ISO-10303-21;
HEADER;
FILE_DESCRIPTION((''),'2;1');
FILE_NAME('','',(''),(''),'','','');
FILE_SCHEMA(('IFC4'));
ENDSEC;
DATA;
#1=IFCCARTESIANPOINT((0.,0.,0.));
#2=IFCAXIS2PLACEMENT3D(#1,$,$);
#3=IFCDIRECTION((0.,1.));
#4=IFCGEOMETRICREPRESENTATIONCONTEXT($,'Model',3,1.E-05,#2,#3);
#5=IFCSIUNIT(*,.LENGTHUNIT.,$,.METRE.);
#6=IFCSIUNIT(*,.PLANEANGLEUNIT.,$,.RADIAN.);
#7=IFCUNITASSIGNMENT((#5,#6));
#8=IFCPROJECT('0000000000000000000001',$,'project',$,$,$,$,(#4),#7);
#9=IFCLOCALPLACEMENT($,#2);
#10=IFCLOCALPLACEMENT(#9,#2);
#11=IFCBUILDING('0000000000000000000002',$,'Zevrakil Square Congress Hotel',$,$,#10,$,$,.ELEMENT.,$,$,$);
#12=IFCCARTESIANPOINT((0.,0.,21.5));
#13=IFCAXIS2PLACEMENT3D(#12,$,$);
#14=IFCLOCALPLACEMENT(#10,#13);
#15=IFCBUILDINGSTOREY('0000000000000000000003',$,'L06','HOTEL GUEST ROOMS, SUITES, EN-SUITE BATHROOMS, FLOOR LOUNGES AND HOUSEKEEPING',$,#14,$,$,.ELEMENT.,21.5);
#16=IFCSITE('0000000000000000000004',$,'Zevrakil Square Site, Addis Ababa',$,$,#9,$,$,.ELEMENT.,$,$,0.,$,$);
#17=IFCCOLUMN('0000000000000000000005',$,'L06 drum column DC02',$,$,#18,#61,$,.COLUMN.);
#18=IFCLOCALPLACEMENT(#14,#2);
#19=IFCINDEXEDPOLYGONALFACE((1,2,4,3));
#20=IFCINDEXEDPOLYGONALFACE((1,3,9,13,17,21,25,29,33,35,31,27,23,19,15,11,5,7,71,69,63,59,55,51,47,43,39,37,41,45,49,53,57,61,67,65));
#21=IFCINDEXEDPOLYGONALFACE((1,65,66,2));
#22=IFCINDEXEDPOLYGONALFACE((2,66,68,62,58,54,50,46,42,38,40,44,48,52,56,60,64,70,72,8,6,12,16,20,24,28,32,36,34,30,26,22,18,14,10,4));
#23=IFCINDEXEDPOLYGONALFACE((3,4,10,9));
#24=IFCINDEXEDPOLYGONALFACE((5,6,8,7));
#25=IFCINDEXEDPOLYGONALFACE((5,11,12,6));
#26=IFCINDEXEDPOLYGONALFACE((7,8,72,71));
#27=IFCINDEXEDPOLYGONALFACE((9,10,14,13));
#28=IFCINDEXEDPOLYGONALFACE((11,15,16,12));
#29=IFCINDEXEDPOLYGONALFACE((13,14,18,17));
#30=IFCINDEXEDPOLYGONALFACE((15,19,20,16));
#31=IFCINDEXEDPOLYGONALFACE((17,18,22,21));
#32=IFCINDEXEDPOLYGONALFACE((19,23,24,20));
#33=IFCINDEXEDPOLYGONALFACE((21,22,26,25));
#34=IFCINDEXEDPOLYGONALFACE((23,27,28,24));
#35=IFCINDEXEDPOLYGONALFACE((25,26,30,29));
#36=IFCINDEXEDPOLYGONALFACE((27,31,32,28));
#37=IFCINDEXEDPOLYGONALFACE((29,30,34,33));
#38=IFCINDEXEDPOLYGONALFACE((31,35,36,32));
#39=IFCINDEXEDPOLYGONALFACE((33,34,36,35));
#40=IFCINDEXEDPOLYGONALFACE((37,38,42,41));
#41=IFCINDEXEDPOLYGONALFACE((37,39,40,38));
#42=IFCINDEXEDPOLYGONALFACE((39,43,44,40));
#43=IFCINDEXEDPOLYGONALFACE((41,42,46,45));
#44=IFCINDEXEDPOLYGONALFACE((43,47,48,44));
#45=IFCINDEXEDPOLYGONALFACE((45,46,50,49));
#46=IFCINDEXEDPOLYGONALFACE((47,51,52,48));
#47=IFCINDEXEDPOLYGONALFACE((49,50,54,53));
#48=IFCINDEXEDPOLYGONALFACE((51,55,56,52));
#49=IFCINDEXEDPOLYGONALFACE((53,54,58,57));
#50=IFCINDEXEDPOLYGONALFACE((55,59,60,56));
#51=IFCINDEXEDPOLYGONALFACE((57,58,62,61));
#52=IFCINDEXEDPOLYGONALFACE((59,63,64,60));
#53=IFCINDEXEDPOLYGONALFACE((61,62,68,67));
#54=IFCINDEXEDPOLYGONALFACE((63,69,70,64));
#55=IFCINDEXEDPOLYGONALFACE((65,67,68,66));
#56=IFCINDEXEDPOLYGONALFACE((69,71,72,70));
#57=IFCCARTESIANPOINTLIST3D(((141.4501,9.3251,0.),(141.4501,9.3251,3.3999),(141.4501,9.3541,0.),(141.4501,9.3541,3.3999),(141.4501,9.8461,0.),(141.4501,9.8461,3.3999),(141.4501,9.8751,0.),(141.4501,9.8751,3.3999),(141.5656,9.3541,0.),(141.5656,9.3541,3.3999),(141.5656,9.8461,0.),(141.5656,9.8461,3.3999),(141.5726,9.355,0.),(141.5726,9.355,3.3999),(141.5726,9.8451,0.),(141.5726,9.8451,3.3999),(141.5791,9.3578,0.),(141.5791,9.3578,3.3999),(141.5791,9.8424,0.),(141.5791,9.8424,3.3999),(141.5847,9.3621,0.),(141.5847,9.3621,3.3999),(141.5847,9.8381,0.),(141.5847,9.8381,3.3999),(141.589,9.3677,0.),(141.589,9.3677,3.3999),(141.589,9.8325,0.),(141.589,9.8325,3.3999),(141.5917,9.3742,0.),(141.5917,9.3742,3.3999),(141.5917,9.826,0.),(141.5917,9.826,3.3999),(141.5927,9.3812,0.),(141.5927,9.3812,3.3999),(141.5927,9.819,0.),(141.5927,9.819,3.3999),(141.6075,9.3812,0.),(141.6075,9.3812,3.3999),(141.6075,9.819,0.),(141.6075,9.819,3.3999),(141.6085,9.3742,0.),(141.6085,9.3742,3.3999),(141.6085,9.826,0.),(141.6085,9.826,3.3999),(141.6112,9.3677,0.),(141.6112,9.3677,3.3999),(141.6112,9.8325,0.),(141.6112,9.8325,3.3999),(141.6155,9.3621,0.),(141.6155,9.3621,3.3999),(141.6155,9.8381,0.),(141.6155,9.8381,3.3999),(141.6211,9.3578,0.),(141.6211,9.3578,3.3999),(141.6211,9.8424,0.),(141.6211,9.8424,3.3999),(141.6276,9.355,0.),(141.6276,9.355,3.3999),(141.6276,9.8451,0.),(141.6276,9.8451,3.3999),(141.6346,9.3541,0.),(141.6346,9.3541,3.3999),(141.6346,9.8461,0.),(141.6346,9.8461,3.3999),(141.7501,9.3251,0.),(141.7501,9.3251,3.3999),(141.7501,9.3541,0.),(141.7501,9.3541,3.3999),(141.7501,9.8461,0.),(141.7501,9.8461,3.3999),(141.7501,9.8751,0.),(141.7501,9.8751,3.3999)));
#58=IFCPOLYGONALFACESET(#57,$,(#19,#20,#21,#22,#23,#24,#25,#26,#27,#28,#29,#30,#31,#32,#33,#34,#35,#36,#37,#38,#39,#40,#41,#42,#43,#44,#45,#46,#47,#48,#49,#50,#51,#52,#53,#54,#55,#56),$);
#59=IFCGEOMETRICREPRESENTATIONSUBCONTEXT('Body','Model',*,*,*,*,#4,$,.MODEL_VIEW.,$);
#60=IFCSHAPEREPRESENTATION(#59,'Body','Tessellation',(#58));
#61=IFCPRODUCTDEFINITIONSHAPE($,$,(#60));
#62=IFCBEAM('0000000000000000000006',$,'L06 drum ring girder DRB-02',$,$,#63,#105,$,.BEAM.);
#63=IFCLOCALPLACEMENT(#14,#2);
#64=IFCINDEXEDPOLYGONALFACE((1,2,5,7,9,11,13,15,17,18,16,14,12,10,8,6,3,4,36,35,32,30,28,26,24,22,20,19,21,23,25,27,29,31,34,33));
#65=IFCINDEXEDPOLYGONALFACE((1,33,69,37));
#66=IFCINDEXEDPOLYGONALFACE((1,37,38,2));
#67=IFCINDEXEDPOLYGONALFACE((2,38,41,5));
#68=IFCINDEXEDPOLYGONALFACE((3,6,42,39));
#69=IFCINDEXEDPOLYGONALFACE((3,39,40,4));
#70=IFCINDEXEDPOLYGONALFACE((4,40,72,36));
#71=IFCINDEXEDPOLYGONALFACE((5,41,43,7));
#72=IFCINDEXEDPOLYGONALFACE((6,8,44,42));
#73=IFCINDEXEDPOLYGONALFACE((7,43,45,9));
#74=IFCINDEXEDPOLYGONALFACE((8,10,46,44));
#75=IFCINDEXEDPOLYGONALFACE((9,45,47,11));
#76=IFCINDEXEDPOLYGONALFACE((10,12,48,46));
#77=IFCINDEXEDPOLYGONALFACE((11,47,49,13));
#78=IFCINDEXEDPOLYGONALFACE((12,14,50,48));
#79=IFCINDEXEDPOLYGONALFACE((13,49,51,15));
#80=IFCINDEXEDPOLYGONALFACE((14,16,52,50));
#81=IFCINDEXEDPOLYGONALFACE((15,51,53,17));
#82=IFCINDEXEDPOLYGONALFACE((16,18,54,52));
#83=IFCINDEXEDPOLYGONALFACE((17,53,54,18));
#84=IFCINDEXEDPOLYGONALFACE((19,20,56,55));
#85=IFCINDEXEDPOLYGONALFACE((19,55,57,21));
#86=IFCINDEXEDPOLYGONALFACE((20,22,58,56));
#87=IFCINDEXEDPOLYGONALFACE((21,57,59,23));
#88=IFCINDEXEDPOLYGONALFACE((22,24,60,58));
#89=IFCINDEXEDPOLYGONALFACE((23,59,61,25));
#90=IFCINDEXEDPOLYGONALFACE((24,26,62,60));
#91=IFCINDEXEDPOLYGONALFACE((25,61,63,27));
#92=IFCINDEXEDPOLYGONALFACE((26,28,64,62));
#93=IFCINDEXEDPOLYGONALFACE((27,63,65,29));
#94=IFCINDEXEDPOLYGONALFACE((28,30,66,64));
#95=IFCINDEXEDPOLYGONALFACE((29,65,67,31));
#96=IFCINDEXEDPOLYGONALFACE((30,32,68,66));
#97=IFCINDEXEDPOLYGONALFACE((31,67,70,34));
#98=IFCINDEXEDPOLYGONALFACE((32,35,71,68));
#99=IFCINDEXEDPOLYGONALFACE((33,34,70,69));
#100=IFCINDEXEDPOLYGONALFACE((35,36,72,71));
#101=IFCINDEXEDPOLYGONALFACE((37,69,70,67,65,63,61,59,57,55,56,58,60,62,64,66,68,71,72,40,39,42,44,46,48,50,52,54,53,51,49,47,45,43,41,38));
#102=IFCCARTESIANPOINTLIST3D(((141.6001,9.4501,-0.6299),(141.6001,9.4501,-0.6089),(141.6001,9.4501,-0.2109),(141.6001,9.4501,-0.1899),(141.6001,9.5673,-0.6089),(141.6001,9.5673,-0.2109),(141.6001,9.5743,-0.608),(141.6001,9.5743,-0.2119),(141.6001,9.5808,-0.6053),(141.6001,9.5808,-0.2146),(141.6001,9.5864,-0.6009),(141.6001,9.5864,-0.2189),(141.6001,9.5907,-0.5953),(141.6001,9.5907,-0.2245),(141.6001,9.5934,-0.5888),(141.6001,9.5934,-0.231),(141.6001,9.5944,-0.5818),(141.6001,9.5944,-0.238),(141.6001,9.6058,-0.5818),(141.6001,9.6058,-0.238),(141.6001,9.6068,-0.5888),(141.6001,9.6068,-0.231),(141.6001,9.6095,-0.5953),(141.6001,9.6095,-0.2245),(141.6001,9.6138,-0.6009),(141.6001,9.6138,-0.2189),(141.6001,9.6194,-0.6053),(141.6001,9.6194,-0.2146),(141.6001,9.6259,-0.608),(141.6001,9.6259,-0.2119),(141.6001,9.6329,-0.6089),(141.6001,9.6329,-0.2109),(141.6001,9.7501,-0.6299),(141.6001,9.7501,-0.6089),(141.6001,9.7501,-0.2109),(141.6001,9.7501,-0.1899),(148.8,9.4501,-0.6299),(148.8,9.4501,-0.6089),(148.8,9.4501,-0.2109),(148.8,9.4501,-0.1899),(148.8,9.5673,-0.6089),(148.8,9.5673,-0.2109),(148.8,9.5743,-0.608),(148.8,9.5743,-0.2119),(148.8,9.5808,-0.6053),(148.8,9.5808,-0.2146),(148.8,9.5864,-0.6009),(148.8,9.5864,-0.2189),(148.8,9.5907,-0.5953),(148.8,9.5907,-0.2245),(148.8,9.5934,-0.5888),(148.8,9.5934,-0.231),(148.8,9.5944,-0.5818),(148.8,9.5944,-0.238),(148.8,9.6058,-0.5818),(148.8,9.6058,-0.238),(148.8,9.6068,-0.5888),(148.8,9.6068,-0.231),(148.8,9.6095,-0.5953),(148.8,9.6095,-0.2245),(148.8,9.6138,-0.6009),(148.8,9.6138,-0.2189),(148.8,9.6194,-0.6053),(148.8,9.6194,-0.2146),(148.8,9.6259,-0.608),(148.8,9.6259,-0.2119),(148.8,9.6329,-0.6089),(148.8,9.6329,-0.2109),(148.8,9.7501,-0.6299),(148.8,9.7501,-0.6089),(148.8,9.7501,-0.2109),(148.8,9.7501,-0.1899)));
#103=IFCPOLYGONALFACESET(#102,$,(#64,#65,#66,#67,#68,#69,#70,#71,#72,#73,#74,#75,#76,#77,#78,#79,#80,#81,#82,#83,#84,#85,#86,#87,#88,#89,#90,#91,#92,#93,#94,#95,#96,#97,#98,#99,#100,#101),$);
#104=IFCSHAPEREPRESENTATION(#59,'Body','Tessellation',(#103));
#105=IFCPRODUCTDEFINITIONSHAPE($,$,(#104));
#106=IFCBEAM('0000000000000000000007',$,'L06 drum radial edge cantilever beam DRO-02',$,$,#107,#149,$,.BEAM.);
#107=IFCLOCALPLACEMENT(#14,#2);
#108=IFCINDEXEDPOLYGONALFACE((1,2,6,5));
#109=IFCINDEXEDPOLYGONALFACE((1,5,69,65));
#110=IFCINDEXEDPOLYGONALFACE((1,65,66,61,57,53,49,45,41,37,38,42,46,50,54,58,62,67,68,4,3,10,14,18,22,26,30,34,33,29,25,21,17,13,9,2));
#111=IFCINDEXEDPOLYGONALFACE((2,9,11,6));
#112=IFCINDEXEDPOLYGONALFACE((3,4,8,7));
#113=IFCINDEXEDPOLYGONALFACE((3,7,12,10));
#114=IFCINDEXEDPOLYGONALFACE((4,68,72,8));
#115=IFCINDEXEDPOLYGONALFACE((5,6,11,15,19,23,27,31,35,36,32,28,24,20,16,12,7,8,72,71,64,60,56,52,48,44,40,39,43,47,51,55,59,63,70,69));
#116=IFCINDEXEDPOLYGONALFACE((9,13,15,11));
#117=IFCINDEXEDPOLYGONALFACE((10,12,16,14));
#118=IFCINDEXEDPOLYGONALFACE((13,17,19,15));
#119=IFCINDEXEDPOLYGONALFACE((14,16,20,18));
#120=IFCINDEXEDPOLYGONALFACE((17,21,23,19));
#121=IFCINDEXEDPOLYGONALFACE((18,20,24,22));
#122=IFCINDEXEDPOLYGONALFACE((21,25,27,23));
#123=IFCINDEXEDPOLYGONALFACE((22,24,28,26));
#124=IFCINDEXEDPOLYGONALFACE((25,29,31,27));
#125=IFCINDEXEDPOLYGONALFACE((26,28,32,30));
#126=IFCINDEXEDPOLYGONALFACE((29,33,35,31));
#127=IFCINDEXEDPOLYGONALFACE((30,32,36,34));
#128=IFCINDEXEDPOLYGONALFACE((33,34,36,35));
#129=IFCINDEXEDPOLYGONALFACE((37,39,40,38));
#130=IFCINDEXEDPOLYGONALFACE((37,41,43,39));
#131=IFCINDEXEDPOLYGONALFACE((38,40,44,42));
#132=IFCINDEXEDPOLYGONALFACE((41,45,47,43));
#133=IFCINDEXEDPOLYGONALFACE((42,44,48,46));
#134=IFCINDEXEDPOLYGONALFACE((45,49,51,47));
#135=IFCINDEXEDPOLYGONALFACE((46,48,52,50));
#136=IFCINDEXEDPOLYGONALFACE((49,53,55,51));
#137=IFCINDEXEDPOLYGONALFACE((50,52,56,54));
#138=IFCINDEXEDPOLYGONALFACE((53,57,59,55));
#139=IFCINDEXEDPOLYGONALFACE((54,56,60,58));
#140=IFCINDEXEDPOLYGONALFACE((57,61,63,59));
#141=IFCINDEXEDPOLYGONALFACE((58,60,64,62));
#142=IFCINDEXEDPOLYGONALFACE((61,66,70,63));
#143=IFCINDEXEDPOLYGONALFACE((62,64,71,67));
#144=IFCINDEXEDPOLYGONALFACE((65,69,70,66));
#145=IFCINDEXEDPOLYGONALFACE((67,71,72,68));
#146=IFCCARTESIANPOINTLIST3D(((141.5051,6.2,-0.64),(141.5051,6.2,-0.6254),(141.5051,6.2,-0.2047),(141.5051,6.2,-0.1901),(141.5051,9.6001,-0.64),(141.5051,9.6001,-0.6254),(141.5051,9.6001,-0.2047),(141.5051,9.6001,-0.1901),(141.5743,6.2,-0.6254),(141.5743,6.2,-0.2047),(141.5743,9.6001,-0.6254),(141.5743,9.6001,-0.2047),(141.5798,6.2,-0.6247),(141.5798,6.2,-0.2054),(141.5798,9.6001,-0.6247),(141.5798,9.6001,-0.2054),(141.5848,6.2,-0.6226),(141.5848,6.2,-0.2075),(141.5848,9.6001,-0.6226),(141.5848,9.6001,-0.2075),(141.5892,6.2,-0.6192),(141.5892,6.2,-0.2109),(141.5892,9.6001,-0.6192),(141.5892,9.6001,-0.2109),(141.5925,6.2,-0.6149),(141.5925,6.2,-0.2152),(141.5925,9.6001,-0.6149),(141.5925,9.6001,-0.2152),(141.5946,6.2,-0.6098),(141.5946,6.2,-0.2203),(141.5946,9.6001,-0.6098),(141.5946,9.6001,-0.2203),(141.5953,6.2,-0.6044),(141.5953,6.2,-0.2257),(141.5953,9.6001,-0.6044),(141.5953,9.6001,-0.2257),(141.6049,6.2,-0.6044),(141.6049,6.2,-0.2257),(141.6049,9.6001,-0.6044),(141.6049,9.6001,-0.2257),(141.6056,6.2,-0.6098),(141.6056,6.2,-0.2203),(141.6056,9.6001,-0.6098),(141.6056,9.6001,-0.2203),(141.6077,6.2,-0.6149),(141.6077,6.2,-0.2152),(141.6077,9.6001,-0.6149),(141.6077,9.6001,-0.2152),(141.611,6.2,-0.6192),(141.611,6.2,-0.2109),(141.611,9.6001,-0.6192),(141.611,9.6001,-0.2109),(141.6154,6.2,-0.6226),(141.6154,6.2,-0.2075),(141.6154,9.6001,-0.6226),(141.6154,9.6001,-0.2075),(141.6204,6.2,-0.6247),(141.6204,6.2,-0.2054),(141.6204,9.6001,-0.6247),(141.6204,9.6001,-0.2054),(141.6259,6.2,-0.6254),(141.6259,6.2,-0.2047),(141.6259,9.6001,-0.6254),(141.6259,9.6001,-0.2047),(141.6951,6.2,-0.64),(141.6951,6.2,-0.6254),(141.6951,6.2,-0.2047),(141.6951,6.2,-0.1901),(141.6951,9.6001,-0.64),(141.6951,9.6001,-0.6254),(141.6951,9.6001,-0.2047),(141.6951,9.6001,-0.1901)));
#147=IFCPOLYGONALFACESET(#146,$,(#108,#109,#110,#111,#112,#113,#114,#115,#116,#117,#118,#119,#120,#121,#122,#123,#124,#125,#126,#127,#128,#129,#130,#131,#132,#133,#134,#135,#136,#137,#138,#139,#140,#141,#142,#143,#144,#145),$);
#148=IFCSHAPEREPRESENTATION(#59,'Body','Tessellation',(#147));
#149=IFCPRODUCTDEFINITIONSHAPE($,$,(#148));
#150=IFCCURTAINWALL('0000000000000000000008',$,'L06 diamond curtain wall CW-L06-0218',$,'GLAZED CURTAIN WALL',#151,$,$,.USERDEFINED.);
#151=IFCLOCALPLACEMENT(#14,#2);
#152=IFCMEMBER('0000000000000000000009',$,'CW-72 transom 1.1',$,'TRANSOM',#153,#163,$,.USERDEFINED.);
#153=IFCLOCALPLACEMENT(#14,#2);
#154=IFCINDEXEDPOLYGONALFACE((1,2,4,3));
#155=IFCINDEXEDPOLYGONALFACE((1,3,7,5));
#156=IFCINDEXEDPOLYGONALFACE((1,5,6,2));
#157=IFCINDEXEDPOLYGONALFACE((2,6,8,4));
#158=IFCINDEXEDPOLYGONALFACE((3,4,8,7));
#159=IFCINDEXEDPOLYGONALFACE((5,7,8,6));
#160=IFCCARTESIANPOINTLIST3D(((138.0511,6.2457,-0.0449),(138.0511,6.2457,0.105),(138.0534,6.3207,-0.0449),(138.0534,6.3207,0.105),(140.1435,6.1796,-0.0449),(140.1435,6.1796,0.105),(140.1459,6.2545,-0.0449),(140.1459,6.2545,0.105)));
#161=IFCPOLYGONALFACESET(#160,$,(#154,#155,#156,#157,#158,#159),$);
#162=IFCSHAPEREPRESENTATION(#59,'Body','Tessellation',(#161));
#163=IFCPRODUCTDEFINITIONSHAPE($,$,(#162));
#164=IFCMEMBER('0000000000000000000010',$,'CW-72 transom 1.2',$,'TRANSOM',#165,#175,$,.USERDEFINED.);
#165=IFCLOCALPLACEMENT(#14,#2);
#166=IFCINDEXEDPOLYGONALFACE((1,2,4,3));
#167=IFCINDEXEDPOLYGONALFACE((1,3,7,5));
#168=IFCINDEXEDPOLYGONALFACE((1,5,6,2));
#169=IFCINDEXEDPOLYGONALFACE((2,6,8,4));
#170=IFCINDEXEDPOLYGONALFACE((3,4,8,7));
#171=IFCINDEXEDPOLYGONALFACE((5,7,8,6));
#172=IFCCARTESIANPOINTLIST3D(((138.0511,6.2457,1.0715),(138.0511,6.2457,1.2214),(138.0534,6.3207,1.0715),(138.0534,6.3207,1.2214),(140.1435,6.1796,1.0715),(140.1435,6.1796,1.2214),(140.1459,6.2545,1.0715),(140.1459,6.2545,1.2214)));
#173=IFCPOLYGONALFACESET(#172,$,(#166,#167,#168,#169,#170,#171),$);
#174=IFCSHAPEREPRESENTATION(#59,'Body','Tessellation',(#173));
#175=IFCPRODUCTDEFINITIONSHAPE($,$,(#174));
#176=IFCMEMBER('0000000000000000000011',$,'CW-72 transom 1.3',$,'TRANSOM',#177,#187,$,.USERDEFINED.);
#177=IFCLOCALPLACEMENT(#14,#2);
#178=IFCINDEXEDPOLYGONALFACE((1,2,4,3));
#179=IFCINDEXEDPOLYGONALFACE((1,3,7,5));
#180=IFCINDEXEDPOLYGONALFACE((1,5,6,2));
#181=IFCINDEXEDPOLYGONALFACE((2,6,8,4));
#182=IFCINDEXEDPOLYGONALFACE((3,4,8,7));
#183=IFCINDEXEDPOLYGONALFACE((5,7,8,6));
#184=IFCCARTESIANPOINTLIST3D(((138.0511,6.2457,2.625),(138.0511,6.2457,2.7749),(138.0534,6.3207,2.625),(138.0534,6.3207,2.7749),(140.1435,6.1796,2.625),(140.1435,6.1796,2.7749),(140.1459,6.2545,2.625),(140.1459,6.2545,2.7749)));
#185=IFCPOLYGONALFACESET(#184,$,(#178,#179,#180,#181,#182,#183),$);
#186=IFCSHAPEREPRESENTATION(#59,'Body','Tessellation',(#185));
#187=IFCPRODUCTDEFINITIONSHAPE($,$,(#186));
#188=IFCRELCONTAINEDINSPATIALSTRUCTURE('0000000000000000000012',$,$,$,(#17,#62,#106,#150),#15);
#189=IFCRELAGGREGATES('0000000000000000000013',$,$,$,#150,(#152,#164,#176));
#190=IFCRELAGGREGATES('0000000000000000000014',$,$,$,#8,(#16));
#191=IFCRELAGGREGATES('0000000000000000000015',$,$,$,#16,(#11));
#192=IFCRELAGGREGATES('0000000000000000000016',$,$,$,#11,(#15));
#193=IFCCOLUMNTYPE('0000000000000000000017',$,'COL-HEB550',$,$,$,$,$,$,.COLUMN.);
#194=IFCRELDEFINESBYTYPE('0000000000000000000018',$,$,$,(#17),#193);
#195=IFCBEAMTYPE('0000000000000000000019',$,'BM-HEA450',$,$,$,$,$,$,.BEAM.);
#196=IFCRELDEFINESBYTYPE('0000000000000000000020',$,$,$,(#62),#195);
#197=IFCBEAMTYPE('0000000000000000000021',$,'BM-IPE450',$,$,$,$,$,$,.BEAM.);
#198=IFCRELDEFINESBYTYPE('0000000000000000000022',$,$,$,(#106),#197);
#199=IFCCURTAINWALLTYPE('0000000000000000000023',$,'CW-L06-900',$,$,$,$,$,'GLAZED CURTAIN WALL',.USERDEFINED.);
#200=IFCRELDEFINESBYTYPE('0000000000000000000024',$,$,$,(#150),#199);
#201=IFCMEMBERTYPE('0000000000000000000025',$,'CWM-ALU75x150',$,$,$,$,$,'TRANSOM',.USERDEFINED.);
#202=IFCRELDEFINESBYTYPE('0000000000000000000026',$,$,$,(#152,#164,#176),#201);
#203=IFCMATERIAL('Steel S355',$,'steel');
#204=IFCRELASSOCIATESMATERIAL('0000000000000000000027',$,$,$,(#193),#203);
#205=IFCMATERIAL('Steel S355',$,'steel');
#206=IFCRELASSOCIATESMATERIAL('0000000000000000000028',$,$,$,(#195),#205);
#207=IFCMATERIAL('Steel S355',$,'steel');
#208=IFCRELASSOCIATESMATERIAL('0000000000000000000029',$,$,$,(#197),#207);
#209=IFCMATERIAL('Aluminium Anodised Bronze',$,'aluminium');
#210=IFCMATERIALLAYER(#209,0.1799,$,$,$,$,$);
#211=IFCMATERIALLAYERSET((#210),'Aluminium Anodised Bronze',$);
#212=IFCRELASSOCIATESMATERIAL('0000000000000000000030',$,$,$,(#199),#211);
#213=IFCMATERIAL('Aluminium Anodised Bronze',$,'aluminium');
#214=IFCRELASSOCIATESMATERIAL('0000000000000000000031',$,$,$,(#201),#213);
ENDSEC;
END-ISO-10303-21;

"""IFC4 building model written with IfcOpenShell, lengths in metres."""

from ifc_helpers import new_model, si_unit, direction, frame, origin, origin_2d, place, context, subcontext, project, spatial, rectangle, i_section, extrude, material, layer, layer_set, material_profile, profile_set, type_object, element, aggregate, save


model = new_model("IFC4")

# Units and contexts
model_context = context("Model", 3, precision=1e-05, world=origin(), true_north=direction((0.0, 1.0)))
body_context = subcontext(model_context, "Body", "Model", "MODEL_VIEW")
ifc_project = project(units=[si_unit("LENGTHUNIT", "METRE"), si_unit("PLANEANGLEUNIT", "RADIAN")], contexts=[model_context])

# Site, building, storey
site_placement = place(None, origin())
site = spatial("IfcSite", under=ifc_project, at=site_placement, Name="Zevrakil Square Site, Addis Ababa", CompositionType="ELEMENT", RefElevation=0.0)
building_placement = place(site_placement, origin())
building = spatial("IfcBuilding", under=site, at=building_placement, Name="Zevrakil Square Congress Hotel", CompositionType="ELEMENT")
storey_placement = place(building_placement, frame((0.0, 0.0, 21.5)))
storey = spatial("IfcBuildingStorey", under=building, at=storey_placement, Name="L06", Description="HOTEL GUEST ROOMS, SUITES, EN-SUITE BATHROOMS, FLOOR LOUNGES AND HOUSEKEEPING", CompositionType="ELEMENT", Elevation=21.5)

# Column
ifc_material_1 = material(Name="Steel S355", Category="steel")
ifc_material_profile_1 = material_profile(ifc_material_1, i_section(OverallWidth=0.3, OverallDepth=0.55, WebThickness=0.0149, FlangeThickness=0.0291, FilletRadius=0.0271, at=origin_2d()), Name="HEB 550")
ifc_profile_set_1 = profile_set([ifc_material_profile_1], Name="Steel S355")
column_type = type_object("IfcColumnType", Name="COL-HEB550", PredefinedType="COLUMN", material=ifc_profile_set_1)
column_placement = place(storey_placement, frame((141.6001, 9.6001, 0.0), z_axis=(0.0, 0.0, 1.0), x_axis=(1.0, 0.0, 0.0)))
element("IfcColumn", 1, at=column_placement, inside=storey, type_object=column_type, Name="L06 drum column DC02", PredefinedType="COLUMN", context=body_context, shape_type="SweptSolid", body=[
    extrude(i_section(OverallWidth=0.3, OverallDepth=0.55, WebThickness=0.0149, FlangeThickness=0.0291, FilletRadius=0.0271, at=origin_2d()), origin(), (0.0, 0.0, 1.0), 3.3999),
])

# Beams
ifc_material_2 = material(Name="Steel S355", Category="steel")
ifc_material_profile_2 = material_profile(ifc_material_2, i_section(OverallWidth=0.3, OverallDepth=0.4399, WebThickness=0.0115, FlangeThickness=0.021, FilletRadius=0.0271, at=origin_2d()), Name="HEA 450")
ifc_profile_set_2 = profile_set([ifc_material_profile_2], Name="Steel S355")
beam_type_1 = type_object("IfcBeamType", Name="BM-HEA450", PredefinedType="BEAM", material=ifc_profile_set_2)
beam_1_placement = place(storey_placement, frame((141.6001, 9.6001, -0.4099), z_axis=(1.0, 0.0, 0.0), x_axis=(0.0, 1.0, 0.0)))
element("IfcBeam", 2, at=beam_1_placement, inside=storey, type_object=beam_type_1, Name="L06 drum ring girder DRB-02", PredefinedType="BEAM", context=body_context, shape_type="SweptSolid", body=[
    extrude(i_section(OverallWidth=0.3, OverallDepth=0.4399, WebThickness=0.0115, FlangeThickness=0.021, FilletRadius=0.0271, at=origin_2d()), origin(), (0.0, 0.0, 1.0), 7.2),
])
ifc_material_3 = material(Name="Steel S355", Category="steel")
ifc_material_profile_3 = material_profile(ifc_material_3, i_section(OverallWidth=0.1899, OverallDepth=0.45, WebThickness=0.0095, FlangeThickness=0.0146, FilletRadius=0.021, at=origin_2d()), Name="IPE 450")
ifc_profile_set_3 = profile_set([ifc_material_profile_3], Name="Steel S355")
beam_type_2 = type_object("IfcBeamType", Name="BM-IPE450", PredefinedType="BEAM", material=ifc_profile_set_3)
beam_2_placement = place(storey_placement, frame((141.6001, 9.6001, -0.415), z_axis=(0.0, -1.0, 0.0), x_axis=(1.0, 0.0, 0.0)))
element("IfcBeam", 3, at=beam_2_placement, inside=storey, type_object=beam_type_2, Name="L06 drum radial edge cantilever beam DRO-02", PredefinedType="BEAM", context=body_context, shape_type="SweptSolid", body=[
    extrude(i_section(OverallWidth=0.1899, OverallDepth=0.45, WebThickness=0.0095, FlangeThickness=0.0146, FilletRadius=0.021, at=origin_2d()), origin(), (0.0, 0.0, 1.0), 3.4001),
])

# Curtain wall, members
ifc_material_4 = material(Name="Aluminium Anodised Bronze", Category="aluminium")
ifc_layer_1 = layer(ifc_material_4, 0.1799)
ifc_layer_set_1 = layer_set([ifc_layer_1], Name="Aluminium Anodised Bronze")
curtain_wall_type = type_object("IfcCurtainWallType", Name="CW-L06-900", ElementType="GLAZED CURTAIN WALL", PredefinedType="USERDEFINED", material=ifc_layer_set_1)
curtain_wall_placement = place(storey_placement, origin())
curtain_wall = element("IfcCurtainWall", 4, at=curtain_wall_placement, inside=storey, type_object=curtain_wall_type, Name="L06 diamond curtain wall CW-L06-0218", ObjectType="GLAZED CURTAIN WALL", PredefinedType="USERDEFINED")
ifc_material_5 = material(Name="Aluminium Anodised Bronze", Category="aluminium")
ifc_material_profile_4 = material_profile(ifc_material_5, rectangle(XDim=0.075, YDim=0.1499, at=origin_2d()), Name="ALU 75x150")
ifc_profile_set_4 = profile_set([ifc_material_profile_4], Name="Aluminium Anodised Bronze")
member_type_1 = type_object("IfcMemberType", Name="CWM-ALU75x150", ElementType="TRANSOM", PredefinedType="USERDEFINED", material=ifc_profile_set_4)
member_1_placement = place(storey_placement, frame((138.0522, 6.2832, 0.03), z_axis=(0.999501, -0.031602, 0.0), x_axis=(0.031602, 0.999501, 0.0)))
member_1 = element("IfcMember", 5, at=member_1_placement, type_object=member_type_1, Name="CW-72 transom 1.1", ObjectType="TRANSOM", PredefinedType="USERDEFINED", context=body_context, shape_type="SweptSolid", body=[
    extrude(rectangle(XDim=0.075, YDim=0.1499, at=origin_2d()), origin(), (0.0, 0.0, 1.0), 2.0935),
])
member_2_placement = place(storey_placement, frame((138.0522, 6.2832, 1.1465), z_axis=(0.999501, -0.031602, 0.0), x_axis=(0.031602, 0.999501, 0.0)))
member_2 = element("IfcMember", 6, at=member_2_placement, type_object=member_type_1, Name="CW-72 transom 1.2", ObjectType="TRANSOM", PredefinedType="USERDEFINED", context=body_context, shape_type="SweptSolid", body=[
    extrude(rectangle(XDim=0.075, YDim=0.1499, at=origin_2d()), origin(), (0.0, 0.0, 1.0), 2.0935),
])
member_3_placement = place(storey_placement, frame((138.0522, 6.2832, 2.7), z_axis=(0.999501, -0.031602, 0.0), x_axis=(0.031602, 0.999501, 0.0)))
member_3 = element("IfcMember", 7, at=member_3_placement, type_object=member_type_1, Name="CW-72 transom 1.3", ObjectType="TRANSOM", PredefinedType="USERDEFINED", context=body_context, shape_type="SweptSolid", body=[
    extrude(rectangle(XDim=0.075, YDim=0.1499, at=origin_2d()), origin(), (0.0, 0.0, 1.0), 2.0935),
])
aggregate(curtain_wall, [member_1, member_2, member_3])

save(model, "model.ifc")
